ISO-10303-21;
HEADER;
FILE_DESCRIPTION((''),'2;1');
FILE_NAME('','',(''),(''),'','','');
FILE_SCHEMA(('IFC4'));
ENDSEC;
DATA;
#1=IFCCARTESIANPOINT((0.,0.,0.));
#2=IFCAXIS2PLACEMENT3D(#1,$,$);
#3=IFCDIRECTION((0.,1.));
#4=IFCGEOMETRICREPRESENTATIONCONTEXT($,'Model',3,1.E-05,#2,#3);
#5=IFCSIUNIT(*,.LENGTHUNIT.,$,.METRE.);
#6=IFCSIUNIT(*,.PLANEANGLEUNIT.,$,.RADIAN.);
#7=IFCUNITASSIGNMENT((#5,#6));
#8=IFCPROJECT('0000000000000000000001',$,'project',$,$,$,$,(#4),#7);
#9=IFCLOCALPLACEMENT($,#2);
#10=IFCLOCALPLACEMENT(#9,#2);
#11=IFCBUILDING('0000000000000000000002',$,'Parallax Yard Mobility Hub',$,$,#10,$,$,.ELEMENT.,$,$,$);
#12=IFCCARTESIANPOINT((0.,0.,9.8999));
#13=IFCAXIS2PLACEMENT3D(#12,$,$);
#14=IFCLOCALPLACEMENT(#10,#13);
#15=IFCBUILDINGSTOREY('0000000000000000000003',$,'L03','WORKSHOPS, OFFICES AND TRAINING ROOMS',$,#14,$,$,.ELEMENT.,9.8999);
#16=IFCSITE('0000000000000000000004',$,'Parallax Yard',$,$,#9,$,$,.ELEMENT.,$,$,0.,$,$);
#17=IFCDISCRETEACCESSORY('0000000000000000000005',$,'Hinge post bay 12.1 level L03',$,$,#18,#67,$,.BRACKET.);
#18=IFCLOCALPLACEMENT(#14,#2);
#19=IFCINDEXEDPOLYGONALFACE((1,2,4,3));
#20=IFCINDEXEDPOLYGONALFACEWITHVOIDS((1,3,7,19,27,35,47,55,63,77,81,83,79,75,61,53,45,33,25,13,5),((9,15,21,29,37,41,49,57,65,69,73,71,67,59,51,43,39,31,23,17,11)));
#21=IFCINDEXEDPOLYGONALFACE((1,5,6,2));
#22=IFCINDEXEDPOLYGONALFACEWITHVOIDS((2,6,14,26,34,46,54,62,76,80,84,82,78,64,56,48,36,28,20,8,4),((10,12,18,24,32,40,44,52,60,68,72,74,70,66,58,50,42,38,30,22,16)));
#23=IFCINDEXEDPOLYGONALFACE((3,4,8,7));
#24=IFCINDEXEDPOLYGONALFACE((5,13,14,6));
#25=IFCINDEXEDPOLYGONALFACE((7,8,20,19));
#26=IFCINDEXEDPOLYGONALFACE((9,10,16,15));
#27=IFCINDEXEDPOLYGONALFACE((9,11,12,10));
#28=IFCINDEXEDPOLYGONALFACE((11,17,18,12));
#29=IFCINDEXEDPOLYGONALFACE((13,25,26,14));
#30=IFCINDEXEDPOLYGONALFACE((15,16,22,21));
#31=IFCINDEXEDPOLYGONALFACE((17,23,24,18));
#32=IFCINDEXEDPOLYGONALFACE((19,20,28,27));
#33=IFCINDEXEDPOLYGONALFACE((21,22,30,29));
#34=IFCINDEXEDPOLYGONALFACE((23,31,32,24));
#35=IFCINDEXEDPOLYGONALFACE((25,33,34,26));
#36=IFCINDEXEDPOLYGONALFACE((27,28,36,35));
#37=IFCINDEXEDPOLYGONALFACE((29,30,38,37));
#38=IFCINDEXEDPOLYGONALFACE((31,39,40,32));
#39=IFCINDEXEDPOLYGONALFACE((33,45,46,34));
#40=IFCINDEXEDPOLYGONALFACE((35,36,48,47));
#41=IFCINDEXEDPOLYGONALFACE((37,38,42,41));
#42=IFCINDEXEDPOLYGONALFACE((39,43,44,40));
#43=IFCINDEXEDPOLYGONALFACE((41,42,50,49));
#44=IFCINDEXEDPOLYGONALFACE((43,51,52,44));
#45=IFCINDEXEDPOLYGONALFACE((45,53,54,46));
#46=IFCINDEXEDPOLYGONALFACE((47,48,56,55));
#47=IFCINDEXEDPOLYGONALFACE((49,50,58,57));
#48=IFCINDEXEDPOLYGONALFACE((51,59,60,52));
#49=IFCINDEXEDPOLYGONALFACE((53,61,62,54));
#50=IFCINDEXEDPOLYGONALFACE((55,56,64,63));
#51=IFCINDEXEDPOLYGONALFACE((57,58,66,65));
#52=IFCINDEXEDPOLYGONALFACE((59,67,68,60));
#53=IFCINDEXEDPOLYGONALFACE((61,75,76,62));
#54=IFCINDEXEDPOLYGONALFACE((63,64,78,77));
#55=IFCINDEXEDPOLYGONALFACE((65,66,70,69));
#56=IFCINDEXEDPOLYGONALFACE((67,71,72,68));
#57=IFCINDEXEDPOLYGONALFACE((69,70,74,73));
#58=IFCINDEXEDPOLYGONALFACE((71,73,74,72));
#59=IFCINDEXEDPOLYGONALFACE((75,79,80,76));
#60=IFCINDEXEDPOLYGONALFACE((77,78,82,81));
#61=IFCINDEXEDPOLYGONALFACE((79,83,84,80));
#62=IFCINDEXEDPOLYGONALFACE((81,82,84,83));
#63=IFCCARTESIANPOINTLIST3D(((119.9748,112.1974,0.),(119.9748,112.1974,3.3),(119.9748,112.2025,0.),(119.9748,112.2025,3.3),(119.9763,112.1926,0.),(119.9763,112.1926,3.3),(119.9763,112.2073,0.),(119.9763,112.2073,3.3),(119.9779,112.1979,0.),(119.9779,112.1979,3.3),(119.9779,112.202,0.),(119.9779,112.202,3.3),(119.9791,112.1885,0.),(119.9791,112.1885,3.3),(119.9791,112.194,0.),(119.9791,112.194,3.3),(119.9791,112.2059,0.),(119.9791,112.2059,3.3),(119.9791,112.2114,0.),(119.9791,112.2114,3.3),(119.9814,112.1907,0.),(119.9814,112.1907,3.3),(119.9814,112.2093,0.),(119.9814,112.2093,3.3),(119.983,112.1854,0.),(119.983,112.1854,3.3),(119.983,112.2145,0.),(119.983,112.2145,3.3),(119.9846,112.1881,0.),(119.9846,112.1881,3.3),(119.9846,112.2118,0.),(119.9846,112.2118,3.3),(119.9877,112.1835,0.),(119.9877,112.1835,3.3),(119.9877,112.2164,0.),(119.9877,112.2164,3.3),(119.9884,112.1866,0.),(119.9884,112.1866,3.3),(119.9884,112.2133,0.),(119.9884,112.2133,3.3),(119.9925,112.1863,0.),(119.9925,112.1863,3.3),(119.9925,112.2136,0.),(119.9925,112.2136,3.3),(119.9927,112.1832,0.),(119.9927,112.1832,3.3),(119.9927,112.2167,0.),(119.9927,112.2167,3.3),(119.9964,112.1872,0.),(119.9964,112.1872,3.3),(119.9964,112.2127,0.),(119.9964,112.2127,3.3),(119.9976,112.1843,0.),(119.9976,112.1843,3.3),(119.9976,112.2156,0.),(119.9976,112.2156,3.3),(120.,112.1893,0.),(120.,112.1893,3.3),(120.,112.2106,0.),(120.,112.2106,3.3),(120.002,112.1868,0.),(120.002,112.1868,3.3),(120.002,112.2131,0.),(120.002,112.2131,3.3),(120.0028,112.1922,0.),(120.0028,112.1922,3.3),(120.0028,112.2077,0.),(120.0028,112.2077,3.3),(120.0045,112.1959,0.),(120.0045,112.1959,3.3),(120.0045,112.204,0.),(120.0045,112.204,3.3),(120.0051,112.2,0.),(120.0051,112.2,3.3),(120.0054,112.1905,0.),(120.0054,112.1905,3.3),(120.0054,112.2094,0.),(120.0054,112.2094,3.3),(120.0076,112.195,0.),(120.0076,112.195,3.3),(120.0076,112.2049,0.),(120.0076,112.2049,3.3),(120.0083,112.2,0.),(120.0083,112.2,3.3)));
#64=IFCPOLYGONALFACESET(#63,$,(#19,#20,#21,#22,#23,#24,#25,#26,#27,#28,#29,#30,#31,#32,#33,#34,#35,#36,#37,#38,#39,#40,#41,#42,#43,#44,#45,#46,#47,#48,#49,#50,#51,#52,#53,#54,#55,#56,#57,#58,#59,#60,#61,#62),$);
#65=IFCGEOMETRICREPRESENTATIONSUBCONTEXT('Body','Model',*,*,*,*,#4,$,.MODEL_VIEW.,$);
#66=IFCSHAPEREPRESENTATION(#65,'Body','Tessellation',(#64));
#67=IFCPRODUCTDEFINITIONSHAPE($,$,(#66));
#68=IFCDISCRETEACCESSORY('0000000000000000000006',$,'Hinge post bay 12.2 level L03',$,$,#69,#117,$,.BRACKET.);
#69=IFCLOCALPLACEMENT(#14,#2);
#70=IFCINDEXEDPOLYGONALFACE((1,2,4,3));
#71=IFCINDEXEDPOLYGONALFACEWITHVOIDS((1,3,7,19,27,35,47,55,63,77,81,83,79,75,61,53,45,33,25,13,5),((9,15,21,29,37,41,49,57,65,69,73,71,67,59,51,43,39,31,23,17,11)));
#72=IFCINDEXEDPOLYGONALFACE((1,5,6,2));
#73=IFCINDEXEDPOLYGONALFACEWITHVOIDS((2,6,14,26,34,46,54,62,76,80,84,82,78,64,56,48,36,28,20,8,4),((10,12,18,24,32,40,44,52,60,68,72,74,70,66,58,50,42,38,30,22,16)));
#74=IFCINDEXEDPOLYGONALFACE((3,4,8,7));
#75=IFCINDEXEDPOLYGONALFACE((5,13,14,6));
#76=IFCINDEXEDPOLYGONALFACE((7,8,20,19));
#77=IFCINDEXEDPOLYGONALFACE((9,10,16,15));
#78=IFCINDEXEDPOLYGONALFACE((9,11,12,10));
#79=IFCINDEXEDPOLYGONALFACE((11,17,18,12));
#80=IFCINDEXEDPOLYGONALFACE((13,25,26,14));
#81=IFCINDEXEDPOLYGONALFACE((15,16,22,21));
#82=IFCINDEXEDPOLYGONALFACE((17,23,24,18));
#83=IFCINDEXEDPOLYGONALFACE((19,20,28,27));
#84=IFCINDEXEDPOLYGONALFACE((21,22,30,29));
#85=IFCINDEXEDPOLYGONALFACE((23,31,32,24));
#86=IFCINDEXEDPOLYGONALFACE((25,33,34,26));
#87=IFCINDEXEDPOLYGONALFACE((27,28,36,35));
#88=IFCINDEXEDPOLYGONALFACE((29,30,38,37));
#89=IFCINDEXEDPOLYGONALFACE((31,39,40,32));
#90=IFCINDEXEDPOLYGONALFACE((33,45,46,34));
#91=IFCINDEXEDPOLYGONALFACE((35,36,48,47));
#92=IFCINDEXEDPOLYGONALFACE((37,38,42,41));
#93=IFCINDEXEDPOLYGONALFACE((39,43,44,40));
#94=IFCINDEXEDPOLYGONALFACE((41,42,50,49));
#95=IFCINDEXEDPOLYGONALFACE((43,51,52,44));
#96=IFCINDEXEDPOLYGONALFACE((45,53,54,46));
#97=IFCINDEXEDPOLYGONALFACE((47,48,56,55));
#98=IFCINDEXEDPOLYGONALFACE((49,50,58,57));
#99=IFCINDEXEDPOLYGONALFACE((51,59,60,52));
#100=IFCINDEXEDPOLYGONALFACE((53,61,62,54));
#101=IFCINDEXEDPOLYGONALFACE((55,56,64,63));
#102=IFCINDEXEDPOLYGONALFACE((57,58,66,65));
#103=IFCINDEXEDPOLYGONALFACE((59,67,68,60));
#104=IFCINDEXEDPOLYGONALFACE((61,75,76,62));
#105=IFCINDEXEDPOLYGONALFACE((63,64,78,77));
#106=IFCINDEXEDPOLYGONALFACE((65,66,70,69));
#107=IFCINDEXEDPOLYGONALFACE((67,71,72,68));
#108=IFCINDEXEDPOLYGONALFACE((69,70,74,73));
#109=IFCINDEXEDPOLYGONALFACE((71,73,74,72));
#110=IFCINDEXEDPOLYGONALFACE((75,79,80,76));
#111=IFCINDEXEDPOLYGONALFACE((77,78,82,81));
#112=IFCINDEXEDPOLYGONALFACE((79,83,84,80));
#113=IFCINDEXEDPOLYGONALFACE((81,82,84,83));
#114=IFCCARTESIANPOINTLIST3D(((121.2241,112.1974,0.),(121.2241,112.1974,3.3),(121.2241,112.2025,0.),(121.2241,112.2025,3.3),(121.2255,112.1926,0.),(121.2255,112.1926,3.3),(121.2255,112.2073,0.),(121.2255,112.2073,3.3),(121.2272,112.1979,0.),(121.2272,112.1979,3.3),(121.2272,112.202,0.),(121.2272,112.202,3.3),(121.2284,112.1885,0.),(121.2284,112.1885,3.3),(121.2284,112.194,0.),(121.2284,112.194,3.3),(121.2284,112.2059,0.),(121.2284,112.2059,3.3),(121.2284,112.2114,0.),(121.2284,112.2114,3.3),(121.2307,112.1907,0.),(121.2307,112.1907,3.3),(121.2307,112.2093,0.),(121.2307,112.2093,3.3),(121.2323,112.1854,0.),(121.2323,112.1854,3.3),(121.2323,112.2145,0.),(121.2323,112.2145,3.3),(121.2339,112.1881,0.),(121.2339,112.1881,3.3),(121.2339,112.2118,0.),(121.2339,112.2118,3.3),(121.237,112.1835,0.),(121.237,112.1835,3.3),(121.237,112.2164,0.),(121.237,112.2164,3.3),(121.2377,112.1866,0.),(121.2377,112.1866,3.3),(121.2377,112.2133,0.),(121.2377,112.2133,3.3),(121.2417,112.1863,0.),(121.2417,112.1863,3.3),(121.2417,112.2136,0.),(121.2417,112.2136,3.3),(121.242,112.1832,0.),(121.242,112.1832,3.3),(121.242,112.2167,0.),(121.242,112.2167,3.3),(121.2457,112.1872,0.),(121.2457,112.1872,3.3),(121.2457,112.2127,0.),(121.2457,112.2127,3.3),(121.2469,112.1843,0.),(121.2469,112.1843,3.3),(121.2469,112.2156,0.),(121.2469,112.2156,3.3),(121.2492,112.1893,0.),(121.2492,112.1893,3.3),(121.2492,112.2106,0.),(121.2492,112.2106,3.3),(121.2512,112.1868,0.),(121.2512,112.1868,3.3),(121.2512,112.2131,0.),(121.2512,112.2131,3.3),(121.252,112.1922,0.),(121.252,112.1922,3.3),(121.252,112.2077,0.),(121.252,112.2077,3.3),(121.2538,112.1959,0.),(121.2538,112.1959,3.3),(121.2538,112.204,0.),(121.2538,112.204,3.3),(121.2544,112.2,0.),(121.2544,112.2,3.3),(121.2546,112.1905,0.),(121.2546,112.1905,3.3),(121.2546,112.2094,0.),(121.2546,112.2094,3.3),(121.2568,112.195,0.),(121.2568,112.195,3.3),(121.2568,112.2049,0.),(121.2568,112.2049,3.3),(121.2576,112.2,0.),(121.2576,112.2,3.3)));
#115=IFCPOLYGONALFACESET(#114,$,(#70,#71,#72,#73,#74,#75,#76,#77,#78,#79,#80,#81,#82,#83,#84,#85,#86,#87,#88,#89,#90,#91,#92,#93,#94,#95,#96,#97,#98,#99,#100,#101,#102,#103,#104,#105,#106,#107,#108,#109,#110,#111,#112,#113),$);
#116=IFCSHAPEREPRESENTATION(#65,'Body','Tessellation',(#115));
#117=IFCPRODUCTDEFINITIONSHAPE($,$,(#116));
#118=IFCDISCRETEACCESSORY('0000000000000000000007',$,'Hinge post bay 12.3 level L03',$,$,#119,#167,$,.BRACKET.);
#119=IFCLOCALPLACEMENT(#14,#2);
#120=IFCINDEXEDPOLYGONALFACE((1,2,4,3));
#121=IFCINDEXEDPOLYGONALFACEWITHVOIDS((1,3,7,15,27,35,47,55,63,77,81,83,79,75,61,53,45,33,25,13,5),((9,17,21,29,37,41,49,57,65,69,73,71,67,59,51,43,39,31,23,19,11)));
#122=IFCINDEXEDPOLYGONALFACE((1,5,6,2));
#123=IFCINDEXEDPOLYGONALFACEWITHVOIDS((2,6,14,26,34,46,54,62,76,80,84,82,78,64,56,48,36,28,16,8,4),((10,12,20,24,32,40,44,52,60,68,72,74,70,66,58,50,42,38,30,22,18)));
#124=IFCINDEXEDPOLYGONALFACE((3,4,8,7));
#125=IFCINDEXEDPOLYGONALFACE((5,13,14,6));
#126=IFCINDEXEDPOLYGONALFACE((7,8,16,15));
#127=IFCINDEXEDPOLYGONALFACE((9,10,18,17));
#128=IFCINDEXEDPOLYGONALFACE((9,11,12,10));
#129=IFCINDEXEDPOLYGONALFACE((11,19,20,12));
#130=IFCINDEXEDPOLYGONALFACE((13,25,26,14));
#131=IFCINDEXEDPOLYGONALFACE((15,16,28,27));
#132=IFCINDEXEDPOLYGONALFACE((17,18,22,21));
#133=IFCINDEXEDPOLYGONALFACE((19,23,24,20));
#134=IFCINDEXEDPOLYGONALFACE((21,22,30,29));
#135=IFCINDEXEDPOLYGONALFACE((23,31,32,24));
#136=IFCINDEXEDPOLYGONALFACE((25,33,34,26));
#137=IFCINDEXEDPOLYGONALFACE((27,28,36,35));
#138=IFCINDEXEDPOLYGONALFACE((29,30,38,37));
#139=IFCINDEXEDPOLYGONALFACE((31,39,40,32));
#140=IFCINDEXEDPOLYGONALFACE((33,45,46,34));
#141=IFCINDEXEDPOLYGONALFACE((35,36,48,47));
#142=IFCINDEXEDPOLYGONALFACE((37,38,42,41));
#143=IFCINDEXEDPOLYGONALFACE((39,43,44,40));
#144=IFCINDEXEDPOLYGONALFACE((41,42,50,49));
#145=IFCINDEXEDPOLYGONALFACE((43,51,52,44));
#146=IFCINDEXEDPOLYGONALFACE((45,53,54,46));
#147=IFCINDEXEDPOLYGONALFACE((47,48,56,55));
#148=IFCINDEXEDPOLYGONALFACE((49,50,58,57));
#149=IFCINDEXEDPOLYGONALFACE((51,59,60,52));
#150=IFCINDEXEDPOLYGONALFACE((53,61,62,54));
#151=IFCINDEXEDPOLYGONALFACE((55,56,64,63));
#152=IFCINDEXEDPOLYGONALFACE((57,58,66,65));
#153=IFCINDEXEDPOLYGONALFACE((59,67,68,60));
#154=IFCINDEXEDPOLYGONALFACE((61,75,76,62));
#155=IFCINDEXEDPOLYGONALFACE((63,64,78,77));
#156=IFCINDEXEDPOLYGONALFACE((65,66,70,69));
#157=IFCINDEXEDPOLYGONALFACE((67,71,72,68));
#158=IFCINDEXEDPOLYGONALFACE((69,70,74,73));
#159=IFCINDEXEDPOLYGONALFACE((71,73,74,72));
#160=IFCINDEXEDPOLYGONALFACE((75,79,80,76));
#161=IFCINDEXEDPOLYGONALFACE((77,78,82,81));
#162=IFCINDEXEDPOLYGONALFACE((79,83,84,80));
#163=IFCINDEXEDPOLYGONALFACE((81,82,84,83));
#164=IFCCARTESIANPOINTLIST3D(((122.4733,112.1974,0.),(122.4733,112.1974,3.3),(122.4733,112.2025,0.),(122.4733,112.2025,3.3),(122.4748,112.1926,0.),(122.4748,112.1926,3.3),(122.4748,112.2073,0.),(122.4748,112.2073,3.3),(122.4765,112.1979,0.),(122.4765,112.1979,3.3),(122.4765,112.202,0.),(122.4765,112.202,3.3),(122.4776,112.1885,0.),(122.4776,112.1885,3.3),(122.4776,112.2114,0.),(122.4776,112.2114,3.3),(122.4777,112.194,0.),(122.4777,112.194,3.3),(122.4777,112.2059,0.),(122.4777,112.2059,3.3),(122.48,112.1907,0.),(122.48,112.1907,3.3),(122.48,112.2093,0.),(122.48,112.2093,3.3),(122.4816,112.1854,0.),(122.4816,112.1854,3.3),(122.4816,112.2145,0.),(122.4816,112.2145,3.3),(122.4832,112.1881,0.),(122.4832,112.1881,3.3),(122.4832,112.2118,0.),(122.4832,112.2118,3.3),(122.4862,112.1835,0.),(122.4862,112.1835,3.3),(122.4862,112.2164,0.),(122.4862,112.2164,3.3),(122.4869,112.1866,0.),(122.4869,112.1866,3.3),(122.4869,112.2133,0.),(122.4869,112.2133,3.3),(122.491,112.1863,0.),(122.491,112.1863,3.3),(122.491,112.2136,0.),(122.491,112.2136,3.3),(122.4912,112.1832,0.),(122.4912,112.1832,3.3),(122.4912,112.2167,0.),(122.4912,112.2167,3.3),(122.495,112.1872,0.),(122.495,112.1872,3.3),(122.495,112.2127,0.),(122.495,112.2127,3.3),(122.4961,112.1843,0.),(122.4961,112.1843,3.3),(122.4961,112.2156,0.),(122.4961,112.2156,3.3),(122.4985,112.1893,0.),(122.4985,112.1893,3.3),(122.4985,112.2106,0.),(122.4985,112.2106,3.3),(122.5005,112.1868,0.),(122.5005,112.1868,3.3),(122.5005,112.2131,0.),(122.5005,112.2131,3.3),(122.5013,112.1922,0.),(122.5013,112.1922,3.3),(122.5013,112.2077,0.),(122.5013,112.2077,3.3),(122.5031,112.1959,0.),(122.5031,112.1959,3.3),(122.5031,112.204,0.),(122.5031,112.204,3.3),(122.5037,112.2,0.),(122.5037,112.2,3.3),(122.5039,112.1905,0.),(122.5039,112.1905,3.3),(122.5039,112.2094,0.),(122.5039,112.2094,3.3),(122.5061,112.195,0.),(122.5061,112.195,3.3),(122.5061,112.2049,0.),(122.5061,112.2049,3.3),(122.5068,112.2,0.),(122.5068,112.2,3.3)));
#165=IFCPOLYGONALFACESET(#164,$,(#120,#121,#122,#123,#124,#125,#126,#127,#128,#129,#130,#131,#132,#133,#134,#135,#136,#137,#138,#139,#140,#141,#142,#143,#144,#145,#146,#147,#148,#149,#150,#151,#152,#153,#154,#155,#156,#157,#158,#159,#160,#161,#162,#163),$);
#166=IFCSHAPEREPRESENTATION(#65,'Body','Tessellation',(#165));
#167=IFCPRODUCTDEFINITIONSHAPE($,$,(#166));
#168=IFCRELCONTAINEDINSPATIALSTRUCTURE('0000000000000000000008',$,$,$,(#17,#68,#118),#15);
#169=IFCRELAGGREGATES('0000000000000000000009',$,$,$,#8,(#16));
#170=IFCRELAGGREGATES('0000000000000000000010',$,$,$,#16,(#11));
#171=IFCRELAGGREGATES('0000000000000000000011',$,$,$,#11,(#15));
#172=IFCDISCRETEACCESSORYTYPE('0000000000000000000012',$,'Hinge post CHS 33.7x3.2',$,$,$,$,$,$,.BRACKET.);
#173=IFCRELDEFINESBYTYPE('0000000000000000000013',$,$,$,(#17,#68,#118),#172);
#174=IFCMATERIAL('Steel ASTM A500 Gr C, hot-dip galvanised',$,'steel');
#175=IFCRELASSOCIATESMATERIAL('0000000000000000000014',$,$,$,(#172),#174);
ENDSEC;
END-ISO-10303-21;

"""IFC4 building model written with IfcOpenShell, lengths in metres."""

from ifc_helpers import new_model, si_unit, direction, frame, origin, origin_2d, place, context, subcontext, project, spatial, hollow_circle, extrude, material, material_profile, profile_set, type_object, element, save


model = new_model("IFC4")

# Units and contexts
model_context = context("Model", 3, precision=1e-05, world=origin(), true_north=direction((0.0, 1.0)))
body_context = subcontext(model_context, "Body", "Model", "MODEL_VIEW")
ifc_project = project(units=[si_unit("LENGTHUNIT", "METRE"), si_unit("PLANEANGLEUNIT", "RADIAN")], contexts=[model_context])

# Site, building, storey
site_placement = place(None, origin())
site = spatial("IfcSite", under=ifc_project, at=site_placement, Name="Parallax Yard", CompositionType="ELEMENT", RefElevation=0.0)
building_placement = place(site_placement, origin())
building = spatial("IfcBuilding", under=site, at=building_placement, Name="Parallax Yard Mobility Hub", CompositionType="ELEMENT")
storey_placement = place(building_placement, frame((0.0, 0.0, 9.8999)))
storey = spatial("IfcBuildingStorey", under=building, at=storey_placement, Name="L03", Description="WORKSHOPS, OFFICES AND TRAINING ROOMS", CompositionType="ELEMENT", Elevation=9.8999)

# Discrete accessories
ifc_material_1 = material(Name="Steel ASTM A500 Gr C, hot-dip galvanised", Category="steel")
ifc_material_profile_1 = material_profile(ifc_material_1, hollow_circle(Radius=0.0168, WallThickness=0.0032, at=origin_2d()), Name="CHS 33.7x3.2")
ifc_profile_set_1 = profile_set([ifc_material_profile_1], Name="Steel ASTM A500 Gr C, hot-dip galvanised")
discrete_accessory_type_1 = type_object("IfcDiscreteAccessoryType", Name="Hinge post CHS 33.7x3.2", PredefinedType="BRACKET", material=ifc_profile_set_1)
for number, where, z_axis, x_axis, name in (
    (1, (119.9915, 112.2, 0.0), (0.0, 0.0, 1.0), (1.0, 0.0, 0.0), "Hinge post bay 12.1 level L03"),
    (2, (121.2407, 112.2, 0.0), (0.0, 0.0, 1.0), (1.0, 0.0, 0.0), "Hinge post bay 12.2 level L03"),
    (3, (122.49, 112.2, 0.0), (0.0, 0.0, 1.0), (1.0, 0.0, 0.0), "Hinge post bay 12.3 level L03"),
):
    element("IfcDiscreteAccessory", number, at=place(storey_placement, frame(where, z_axis=z_axis, x_axis=x_axis)), inside=storey, type_object=discrete_accessory_type_1, Name=name, PredefinedType="BRACKET", context=body_context, shape_type="SweptSolid", body=[
        extrude(hollow_circle(Radius=0.0168, WallThickness=0.0032, at=origin_2d()), origin(), (0.0, 0.0, 1.0), 3.3),
    ])

save(model, "model.ifc")
